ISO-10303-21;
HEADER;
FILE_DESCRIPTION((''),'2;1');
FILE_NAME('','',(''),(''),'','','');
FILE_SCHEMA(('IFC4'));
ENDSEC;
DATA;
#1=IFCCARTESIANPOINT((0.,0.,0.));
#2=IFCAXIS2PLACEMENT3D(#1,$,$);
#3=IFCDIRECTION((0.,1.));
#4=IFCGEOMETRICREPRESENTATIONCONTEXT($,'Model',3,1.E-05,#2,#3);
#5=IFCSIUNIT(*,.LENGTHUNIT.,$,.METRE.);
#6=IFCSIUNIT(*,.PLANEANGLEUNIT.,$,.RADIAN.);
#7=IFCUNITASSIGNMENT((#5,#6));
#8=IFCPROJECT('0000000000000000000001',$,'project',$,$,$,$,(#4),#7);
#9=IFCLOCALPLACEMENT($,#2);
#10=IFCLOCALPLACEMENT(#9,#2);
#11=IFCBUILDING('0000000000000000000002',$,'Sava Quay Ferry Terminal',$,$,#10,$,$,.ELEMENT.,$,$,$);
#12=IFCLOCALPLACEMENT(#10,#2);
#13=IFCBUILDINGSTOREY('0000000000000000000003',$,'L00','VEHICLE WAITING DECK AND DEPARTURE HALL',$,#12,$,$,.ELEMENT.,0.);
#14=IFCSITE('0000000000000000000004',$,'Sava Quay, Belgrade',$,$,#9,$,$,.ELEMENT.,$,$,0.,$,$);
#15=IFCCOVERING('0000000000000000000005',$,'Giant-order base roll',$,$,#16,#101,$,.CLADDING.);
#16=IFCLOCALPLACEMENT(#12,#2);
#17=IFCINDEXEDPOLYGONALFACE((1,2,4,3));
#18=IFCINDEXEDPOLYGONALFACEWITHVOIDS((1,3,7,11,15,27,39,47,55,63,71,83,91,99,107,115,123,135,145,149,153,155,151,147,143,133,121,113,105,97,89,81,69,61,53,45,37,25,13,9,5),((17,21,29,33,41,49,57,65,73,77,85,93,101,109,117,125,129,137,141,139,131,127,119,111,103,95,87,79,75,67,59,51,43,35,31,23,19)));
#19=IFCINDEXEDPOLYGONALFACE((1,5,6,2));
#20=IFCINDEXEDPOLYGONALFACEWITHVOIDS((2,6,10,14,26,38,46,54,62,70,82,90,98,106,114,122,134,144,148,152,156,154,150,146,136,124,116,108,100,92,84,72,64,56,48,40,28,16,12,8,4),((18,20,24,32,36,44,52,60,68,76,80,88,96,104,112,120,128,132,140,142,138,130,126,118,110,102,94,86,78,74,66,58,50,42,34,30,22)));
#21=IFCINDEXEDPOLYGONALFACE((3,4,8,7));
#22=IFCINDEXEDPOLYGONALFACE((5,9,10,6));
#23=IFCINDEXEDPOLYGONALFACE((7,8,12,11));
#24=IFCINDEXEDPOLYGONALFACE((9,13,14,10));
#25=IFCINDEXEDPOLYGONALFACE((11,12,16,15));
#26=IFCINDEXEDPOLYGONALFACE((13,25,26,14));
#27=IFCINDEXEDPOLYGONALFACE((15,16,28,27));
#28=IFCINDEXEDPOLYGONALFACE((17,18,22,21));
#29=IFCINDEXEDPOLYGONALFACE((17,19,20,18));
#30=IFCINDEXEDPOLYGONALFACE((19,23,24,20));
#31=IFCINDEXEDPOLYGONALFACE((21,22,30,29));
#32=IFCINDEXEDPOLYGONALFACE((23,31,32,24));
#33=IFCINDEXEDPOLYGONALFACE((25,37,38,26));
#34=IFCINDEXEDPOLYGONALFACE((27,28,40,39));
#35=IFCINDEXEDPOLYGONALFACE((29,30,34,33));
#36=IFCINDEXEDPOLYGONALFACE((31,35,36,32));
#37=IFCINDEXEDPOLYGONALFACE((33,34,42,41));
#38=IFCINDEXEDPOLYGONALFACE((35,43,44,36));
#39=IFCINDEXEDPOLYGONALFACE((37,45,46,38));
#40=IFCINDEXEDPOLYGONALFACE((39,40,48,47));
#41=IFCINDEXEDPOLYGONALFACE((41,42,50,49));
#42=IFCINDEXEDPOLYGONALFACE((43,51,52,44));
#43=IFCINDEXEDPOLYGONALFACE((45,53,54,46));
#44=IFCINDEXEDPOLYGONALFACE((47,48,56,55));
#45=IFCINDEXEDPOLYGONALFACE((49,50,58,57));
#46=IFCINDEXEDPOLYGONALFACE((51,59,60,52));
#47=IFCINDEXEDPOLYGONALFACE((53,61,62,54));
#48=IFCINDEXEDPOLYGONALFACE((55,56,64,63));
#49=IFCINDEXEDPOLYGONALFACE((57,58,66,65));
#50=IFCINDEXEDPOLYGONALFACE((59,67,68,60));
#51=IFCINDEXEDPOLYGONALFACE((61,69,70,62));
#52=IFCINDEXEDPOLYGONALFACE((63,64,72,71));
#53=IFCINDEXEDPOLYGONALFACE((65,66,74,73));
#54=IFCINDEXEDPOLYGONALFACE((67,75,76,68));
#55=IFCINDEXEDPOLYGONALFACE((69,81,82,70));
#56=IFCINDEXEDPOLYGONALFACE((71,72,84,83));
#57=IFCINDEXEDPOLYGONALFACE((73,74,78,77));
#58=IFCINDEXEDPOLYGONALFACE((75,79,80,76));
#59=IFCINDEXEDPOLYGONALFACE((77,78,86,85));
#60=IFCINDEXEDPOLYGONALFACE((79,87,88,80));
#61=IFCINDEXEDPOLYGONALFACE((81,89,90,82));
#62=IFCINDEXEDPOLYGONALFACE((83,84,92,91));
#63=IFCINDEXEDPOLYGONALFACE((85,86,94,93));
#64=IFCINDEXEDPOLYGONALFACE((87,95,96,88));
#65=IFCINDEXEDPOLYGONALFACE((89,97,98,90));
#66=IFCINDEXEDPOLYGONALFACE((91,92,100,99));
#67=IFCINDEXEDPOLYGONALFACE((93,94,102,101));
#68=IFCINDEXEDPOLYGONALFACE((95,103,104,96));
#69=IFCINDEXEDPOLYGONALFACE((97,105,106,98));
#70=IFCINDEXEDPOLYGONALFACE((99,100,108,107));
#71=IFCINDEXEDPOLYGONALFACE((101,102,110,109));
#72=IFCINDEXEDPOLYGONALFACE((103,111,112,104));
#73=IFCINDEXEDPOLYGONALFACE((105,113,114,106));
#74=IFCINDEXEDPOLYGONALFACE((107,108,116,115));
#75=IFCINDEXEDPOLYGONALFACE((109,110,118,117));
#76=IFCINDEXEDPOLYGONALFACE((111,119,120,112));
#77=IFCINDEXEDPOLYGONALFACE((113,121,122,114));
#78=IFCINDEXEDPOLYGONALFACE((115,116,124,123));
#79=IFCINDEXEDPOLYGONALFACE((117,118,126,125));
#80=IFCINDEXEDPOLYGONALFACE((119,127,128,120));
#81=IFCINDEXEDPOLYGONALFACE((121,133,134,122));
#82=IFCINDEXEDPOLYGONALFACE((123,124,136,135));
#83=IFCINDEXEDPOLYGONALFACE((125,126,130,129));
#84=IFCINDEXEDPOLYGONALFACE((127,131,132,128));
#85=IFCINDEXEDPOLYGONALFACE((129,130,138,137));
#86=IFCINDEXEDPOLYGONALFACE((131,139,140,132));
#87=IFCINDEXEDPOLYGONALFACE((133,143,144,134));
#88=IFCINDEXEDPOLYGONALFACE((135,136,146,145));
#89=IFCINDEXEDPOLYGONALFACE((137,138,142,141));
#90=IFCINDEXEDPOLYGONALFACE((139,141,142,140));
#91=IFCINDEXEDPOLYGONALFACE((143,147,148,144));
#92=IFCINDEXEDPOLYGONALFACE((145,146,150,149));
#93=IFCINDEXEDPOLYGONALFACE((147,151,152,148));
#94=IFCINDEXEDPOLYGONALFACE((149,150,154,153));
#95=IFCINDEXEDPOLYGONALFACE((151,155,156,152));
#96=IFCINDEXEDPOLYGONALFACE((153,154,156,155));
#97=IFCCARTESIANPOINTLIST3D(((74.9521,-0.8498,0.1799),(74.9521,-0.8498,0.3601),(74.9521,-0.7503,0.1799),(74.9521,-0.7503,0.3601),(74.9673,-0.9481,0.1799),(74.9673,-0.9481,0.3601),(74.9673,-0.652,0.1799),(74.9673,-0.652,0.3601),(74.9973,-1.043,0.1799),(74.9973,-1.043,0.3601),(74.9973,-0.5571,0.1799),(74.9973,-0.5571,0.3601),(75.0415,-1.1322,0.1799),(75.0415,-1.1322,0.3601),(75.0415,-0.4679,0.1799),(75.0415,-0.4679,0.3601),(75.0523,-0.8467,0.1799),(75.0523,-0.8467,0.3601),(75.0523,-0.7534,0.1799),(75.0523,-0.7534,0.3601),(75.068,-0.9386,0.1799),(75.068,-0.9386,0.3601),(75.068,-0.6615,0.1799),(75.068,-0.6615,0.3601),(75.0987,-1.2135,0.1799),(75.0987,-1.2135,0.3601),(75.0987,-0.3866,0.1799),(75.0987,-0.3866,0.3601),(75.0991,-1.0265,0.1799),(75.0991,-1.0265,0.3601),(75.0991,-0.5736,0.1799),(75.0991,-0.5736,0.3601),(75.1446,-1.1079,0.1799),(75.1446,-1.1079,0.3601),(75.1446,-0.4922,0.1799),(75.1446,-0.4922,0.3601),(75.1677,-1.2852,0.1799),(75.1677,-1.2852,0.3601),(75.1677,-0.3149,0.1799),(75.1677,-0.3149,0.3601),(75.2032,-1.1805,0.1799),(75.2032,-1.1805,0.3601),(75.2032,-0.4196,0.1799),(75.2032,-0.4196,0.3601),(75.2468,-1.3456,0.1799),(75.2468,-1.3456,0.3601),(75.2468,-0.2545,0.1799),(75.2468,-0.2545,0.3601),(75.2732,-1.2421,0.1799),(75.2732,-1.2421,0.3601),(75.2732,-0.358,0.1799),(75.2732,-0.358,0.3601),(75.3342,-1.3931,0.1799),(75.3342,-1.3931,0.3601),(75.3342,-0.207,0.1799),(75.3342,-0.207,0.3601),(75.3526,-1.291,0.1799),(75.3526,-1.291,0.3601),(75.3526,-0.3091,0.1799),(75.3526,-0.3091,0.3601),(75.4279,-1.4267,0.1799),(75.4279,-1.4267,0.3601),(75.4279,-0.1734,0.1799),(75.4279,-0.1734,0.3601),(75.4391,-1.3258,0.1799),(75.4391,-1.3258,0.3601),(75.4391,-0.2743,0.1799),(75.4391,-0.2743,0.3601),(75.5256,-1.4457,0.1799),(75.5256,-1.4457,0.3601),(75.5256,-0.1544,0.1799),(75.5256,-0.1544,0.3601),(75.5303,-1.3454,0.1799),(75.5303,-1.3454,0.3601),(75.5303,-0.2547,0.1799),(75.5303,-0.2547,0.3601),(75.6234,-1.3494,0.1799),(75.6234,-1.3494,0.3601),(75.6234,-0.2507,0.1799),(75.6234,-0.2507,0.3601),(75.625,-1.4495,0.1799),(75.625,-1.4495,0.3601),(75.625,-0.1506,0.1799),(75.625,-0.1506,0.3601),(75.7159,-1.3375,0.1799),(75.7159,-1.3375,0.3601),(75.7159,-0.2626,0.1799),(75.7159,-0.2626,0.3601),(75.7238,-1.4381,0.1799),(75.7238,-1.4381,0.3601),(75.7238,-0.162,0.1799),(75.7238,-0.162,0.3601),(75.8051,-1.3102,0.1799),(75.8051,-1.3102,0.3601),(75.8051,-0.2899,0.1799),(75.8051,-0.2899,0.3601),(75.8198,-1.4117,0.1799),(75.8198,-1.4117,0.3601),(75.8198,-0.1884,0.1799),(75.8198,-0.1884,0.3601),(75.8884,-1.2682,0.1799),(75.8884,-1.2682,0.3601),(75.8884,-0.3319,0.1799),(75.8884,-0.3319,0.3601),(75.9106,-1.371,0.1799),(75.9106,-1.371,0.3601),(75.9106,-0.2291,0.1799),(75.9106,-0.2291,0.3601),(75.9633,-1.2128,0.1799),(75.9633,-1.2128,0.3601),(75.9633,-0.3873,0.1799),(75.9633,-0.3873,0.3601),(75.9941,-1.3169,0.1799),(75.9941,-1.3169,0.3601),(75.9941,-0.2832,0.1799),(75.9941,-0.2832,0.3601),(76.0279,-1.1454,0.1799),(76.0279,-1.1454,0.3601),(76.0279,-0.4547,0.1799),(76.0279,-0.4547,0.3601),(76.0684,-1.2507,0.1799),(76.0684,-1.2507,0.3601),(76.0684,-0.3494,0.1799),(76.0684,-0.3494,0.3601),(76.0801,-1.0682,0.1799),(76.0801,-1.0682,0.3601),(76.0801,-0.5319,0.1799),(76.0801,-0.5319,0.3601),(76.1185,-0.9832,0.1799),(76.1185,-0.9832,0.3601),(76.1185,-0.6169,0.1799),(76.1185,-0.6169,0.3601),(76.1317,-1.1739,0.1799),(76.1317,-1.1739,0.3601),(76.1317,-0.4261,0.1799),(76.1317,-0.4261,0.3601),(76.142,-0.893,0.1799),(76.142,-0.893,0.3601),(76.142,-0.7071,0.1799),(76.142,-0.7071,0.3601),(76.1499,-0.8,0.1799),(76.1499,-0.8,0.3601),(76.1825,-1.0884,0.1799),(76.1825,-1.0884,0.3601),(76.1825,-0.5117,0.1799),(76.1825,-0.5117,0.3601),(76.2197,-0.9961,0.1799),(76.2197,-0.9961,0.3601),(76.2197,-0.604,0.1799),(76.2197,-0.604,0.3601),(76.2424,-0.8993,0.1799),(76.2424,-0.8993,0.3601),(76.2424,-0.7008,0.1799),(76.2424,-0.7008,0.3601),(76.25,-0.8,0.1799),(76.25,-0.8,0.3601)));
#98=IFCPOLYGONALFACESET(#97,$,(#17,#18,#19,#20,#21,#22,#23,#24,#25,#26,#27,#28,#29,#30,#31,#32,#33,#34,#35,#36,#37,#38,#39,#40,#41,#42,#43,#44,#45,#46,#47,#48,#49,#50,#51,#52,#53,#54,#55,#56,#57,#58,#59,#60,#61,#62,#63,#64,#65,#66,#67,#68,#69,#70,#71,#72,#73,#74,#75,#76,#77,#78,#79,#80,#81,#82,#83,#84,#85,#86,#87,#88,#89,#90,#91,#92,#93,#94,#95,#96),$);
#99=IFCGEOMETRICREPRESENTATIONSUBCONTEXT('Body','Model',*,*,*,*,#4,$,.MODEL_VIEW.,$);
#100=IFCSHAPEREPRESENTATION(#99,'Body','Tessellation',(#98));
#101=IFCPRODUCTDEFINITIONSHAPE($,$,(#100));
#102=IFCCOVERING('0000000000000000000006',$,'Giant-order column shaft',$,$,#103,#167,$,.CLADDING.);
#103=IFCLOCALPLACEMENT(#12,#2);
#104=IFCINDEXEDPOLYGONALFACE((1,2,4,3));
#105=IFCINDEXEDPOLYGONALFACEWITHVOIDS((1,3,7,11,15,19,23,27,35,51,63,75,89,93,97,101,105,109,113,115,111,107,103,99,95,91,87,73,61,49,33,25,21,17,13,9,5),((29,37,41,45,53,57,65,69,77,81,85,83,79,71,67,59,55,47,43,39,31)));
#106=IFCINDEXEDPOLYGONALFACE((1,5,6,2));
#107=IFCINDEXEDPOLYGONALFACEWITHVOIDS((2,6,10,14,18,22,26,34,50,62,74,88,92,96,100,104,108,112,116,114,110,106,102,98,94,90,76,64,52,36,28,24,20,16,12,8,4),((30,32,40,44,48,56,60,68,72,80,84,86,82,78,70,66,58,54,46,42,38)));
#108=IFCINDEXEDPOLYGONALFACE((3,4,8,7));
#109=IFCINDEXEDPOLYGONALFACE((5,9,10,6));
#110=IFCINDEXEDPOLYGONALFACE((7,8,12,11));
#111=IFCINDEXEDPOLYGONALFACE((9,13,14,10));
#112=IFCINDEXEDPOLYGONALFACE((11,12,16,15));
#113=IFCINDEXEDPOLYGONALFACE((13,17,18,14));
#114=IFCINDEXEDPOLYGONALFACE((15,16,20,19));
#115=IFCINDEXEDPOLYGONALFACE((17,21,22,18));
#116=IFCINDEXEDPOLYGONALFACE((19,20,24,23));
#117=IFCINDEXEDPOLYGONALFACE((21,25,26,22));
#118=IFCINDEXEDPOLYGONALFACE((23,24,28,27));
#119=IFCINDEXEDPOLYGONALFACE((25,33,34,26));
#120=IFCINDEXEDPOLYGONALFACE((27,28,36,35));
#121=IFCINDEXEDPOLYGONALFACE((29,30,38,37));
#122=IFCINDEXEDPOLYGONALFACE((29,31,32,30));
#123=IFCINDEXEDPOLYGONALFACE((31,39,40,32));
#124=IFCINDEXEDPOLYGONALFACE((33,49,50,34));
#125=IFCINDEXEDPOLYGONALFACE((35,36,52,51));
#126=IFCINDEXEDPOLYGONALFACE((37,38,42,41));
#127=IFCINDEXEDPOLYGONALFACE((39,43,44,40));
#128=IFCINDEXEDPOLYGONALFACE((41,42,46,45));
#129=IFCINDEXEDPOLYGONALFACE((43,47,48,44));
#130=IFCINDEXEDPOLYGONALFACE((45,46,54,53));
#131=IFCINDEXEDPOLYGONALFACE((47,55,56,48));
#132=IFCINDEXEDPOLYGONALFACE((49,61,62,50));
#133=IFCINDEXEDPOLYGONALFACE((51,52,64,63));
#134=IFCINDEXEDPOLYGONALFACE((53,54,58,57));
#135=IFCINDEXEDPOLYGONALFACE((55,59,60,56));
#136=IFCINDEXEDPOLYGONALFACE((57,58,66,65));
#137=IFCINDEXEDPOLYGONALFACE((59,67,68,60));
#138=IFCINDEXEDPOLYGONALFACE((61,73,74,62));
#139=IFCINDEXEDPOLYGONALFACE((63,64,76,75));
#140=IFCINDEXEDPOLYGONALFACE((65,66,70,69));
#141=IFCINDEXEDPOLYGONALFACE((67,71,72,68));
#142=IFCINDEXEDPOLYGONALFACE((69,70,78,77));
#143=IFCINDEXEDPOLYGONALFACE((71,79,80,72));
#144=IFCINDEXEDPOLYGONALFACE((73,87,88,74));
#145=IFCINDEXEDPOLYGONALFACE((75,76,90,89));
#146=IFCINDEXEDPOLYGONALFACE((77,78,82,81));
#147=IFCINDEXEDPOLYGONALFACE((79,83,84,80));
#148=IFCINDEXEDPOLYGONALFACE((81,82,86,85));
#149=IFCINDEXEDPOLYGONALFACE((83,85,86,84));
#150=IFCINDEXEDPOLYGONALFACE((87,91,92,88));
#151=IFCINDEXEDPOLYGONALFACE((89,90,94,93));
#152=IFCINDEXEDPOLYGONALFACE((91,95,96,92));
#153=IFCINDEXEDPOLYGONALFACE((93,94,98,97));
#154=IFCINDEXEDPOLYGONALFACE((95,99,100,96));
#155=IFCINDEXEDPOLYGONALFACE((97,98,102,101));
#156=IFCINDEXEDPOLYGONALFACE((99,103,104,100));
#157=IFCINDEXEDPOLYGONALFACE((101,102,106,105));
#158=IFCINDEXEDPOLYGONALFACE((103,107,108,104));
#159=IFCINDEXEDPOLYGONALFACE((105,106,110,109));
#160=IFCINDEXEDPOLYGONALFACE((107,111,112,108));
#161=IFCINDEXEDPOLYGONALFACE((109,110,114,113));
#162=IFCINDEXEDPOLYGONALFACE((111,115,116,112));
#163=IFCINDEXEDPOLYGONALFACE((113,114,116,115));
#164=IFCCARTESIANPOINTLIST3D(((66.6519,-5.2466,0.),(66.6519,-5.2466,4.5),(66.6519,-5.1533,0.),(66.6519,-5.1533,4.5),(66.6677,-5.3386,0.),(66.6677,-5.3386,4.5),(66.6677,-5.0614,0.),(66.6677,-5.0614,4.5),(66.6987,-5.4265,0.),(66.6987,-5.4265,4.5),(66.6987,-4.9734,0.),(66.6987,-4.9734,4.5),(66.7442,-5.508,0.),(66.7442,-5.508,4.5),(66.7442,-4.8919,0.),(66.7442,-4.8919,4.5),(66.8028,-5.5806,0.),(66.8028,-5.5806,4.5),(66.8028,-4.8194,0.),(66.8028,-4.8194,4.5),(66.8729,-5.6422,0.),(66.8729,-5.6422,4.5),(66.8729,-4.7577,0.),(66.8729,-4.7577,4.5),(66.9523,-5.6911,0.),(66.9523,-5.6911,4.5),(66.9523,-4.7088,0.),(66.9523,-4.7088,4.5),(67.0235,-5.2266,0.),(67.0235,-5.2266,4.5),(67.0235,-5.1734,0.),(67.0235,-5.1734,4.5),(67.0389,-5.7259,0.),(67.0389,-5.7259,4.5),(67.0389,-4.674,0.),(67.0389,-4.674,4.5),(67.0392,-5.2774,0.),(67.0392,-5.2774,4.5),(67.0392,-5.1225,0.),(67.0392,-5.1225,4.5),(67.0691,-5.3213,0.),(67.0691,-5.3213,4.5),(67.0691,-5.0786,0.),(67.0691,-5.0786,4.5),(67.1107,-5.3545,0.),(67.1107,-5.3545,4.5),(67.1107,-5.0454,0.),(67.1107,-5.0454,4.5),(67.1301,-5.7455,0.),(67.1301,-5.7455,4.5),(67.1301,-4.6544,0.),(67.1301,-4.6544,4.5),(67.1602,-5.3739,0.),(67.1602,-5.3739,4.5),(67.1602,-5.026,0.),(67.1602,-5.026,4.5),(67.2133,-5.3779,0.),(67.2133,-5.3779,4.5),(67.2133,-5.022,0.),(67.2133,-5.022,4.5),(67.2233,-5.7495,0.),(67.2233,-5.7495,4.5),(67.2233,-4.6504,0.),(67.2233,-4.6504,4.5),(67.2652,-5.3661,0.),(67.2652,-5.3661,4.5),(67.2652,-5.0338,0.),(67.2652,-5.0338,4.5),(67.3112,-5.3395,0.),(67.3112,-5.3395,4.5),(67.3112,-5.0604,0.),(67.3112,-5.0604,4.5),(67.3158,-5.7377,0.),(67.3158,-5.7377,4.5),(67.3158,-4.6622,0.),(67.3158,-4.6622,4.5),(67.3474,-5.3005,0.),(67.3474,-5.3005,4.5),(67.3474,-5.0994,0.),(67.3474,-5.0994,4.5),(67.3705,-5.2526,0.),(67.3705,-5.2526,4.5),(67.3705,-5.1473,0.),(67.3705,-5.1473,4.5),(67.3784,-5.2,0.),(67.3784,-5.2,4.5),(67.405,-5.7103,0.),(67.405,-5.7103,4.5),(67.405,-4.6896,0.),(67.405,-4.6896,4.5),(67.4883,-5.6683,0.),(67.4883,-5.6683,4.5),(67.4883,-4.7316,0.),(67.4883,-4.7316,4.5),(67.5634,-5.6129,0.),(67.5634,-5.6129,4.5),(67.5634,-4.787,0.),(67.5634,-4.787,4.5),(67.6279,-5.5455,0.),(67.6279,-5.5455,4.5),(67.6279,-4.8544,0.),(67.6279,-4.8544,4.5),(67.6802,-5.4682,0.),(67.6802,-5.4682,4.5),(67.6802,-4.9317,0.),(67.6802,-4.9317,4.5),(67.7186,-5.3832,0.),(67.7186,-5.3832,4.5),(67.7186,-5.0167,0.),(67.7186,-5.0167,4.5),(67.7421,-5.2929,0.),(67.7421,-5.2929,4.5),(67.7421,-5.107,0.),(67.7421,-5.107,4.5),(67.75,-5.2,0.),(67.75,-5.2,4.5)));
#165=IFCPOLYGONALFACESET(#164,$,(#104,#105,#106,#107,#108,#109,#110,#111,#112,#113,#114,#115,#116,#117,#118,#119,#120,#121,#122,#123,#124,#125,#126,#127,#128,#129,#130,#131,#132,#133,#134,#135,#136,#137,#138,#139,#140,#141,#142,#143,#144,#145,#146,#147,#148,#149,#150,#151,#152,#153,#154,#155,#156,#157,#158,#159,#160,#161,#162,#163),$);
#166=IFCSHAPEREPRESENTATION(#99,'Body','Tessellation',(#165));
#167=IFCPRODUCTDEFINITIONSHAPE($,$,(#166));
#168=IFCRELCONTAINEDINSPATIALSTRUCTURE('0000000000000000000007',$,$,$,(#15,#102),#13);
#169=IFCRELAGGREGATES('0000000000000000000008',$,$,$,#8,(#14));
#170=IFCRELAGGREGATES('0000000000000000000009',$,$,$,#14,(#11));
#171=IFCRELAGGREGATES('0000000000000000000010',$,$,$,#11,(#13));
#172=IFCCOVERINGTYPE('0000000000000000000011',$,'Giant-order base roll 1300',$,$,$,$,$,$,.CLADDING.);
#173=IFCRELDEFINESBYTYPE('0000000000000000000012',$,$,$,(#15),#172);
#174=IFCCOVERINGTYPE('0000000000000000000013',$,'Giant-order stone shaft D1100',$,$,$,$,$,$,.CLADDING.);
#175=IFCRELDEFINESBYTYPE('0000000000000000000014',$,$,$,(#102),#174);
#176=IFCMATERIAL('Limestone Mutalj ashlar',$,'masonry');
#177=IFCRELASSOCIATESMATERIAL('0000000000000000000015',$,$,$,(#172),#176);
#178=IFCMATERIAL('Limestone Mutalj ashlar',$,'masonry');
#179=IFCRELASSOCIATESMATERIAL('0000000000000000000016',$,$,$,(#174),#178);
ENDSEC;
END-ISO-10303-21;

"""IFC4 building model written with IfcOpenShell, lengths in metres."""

from ifc_helpers import new_model, si_unit, direction, frame, origin, origin_2d, place, context, subcontext, project, spatial, hollow_circle, extrude, material, material_profile, profile_set, type_object, element, save


model = new_model("IFC4")

# Units and contexts
model_context = context("Model", 3, precision=1e-05, world=origin(), true_north=direction((0.0, 1.0)))
body_context = subcontext(model_context, "Body", "Model", "MODEL_VIEW")
ifc_project = project(units=[si_unit("LENGTHUNIT", "METRE"), si_unit("PLANEANGLEUNIT", "RADIAN")], contexts=[model_context])

# Site, building, storey
site_placement = place(None, origin())
site = spatial("IfcSite", under=ifc_project, at=site_placement, Name="Sava Quay, Belgrade", CompositionType="ELEMENT", RefElevation=0.0)
building_placement = place(site_placement, origin())
building = spatial("IfcBuilding", under=site, at=building_placement, Name="Sava Quay Ferry Terminal", CompositionType="ELEMENT")
storey_placement = place(building_placement, origin())
storey = spatial("IfcBuildingStorey", under=building, at=storey_placement, Name="L00", Description="VEHICLE WAITING DECK AND DEPARTURE HALL", CompositionType="ELEMENT", Elevation=0.0)

# Coverings
ifc_material_1 = material(Name="Limestone Mutalj ashlar", Category="masonry")
ifc_material_profile_1 = material_profile(ifc_material_1, hollow_circle(Radius=0.6499, WallThickness=0.1001, at=origin_2d()), Name="Base roll 1300")
ifc_profile_set_1 = profile_set([ifc_material_profile_1], Name="Limestone Mutalj ashlar")
covering_type_1 = type_object("IfcCoveringType", Name="Giant-order base roll 1300", PredefinedType="CLADDING", material=ifc_profile_set_1)
for number, where, z_axis, x_axis, name in (
    (1, (75.6001, -0.8, 0.1799), (0.0, 0.0, 1.0), (1.0, 0.0, 0.0), "Giant-order base roll"),
):
    element("IfcCovering", number, at=place(storey_placement, frame(where, z_axis=z_axis, x_axis=x_axis)), inside=storey, type_object=covering_type_1, Name=name, PredefinedType="CLADDING", context=body_context, shape_type="SweptSolid", body=[
        extrude(hollow_circle(Radius=0.6499, WallThickness=0.1001, at=origin_2d()), origin(), (0.0, 0.0, 1.0), 0.1802),
    ])
ifc_material_2 = material(Name="Limestone Mutalj ashlar", Category="masonry")
ifc_material_profile_2 = material_profile(ifc_material_2, hollow_circle(Radius=0.55, WallThickness=0.3716, at=origin_2d()), Name="Stone shaft D1100")
ifc_profile_set_2 = profile_set([ifc_material_profile_2], Name="Limestone Mutalj ashlar")
covering_type_2 = type_object("IfcCoveringType", Name="Giant-order stone shaft D1100", PredefinedType="CLADDING", material=ifc_profile_set_2)
for number, where, z_axis, x_axis, name in (
    (2, (67.2, -5.2, 0.0), (0.0, 0.0, 1.0), (1.0, 0.0, 0.0), "Giant-order column shaft"),
):
    element("IfcCovering", number, at=place(storey_placement, frame(where, z_axis=z_axis, x_axis=x_axis)), inside=storey, type_object=covering_type_2, Name=name, PredefinedType="CLADDING", context=body_context, shape_type="SweptSolid", body=[
        extrude(hollow_circle(Radius=0.55, WallThickness=0.3716, at=origin_2d()), origin(), (0.0, 0.0, 1.0), 4.5),
    ])

save(model, "model.ifc")
